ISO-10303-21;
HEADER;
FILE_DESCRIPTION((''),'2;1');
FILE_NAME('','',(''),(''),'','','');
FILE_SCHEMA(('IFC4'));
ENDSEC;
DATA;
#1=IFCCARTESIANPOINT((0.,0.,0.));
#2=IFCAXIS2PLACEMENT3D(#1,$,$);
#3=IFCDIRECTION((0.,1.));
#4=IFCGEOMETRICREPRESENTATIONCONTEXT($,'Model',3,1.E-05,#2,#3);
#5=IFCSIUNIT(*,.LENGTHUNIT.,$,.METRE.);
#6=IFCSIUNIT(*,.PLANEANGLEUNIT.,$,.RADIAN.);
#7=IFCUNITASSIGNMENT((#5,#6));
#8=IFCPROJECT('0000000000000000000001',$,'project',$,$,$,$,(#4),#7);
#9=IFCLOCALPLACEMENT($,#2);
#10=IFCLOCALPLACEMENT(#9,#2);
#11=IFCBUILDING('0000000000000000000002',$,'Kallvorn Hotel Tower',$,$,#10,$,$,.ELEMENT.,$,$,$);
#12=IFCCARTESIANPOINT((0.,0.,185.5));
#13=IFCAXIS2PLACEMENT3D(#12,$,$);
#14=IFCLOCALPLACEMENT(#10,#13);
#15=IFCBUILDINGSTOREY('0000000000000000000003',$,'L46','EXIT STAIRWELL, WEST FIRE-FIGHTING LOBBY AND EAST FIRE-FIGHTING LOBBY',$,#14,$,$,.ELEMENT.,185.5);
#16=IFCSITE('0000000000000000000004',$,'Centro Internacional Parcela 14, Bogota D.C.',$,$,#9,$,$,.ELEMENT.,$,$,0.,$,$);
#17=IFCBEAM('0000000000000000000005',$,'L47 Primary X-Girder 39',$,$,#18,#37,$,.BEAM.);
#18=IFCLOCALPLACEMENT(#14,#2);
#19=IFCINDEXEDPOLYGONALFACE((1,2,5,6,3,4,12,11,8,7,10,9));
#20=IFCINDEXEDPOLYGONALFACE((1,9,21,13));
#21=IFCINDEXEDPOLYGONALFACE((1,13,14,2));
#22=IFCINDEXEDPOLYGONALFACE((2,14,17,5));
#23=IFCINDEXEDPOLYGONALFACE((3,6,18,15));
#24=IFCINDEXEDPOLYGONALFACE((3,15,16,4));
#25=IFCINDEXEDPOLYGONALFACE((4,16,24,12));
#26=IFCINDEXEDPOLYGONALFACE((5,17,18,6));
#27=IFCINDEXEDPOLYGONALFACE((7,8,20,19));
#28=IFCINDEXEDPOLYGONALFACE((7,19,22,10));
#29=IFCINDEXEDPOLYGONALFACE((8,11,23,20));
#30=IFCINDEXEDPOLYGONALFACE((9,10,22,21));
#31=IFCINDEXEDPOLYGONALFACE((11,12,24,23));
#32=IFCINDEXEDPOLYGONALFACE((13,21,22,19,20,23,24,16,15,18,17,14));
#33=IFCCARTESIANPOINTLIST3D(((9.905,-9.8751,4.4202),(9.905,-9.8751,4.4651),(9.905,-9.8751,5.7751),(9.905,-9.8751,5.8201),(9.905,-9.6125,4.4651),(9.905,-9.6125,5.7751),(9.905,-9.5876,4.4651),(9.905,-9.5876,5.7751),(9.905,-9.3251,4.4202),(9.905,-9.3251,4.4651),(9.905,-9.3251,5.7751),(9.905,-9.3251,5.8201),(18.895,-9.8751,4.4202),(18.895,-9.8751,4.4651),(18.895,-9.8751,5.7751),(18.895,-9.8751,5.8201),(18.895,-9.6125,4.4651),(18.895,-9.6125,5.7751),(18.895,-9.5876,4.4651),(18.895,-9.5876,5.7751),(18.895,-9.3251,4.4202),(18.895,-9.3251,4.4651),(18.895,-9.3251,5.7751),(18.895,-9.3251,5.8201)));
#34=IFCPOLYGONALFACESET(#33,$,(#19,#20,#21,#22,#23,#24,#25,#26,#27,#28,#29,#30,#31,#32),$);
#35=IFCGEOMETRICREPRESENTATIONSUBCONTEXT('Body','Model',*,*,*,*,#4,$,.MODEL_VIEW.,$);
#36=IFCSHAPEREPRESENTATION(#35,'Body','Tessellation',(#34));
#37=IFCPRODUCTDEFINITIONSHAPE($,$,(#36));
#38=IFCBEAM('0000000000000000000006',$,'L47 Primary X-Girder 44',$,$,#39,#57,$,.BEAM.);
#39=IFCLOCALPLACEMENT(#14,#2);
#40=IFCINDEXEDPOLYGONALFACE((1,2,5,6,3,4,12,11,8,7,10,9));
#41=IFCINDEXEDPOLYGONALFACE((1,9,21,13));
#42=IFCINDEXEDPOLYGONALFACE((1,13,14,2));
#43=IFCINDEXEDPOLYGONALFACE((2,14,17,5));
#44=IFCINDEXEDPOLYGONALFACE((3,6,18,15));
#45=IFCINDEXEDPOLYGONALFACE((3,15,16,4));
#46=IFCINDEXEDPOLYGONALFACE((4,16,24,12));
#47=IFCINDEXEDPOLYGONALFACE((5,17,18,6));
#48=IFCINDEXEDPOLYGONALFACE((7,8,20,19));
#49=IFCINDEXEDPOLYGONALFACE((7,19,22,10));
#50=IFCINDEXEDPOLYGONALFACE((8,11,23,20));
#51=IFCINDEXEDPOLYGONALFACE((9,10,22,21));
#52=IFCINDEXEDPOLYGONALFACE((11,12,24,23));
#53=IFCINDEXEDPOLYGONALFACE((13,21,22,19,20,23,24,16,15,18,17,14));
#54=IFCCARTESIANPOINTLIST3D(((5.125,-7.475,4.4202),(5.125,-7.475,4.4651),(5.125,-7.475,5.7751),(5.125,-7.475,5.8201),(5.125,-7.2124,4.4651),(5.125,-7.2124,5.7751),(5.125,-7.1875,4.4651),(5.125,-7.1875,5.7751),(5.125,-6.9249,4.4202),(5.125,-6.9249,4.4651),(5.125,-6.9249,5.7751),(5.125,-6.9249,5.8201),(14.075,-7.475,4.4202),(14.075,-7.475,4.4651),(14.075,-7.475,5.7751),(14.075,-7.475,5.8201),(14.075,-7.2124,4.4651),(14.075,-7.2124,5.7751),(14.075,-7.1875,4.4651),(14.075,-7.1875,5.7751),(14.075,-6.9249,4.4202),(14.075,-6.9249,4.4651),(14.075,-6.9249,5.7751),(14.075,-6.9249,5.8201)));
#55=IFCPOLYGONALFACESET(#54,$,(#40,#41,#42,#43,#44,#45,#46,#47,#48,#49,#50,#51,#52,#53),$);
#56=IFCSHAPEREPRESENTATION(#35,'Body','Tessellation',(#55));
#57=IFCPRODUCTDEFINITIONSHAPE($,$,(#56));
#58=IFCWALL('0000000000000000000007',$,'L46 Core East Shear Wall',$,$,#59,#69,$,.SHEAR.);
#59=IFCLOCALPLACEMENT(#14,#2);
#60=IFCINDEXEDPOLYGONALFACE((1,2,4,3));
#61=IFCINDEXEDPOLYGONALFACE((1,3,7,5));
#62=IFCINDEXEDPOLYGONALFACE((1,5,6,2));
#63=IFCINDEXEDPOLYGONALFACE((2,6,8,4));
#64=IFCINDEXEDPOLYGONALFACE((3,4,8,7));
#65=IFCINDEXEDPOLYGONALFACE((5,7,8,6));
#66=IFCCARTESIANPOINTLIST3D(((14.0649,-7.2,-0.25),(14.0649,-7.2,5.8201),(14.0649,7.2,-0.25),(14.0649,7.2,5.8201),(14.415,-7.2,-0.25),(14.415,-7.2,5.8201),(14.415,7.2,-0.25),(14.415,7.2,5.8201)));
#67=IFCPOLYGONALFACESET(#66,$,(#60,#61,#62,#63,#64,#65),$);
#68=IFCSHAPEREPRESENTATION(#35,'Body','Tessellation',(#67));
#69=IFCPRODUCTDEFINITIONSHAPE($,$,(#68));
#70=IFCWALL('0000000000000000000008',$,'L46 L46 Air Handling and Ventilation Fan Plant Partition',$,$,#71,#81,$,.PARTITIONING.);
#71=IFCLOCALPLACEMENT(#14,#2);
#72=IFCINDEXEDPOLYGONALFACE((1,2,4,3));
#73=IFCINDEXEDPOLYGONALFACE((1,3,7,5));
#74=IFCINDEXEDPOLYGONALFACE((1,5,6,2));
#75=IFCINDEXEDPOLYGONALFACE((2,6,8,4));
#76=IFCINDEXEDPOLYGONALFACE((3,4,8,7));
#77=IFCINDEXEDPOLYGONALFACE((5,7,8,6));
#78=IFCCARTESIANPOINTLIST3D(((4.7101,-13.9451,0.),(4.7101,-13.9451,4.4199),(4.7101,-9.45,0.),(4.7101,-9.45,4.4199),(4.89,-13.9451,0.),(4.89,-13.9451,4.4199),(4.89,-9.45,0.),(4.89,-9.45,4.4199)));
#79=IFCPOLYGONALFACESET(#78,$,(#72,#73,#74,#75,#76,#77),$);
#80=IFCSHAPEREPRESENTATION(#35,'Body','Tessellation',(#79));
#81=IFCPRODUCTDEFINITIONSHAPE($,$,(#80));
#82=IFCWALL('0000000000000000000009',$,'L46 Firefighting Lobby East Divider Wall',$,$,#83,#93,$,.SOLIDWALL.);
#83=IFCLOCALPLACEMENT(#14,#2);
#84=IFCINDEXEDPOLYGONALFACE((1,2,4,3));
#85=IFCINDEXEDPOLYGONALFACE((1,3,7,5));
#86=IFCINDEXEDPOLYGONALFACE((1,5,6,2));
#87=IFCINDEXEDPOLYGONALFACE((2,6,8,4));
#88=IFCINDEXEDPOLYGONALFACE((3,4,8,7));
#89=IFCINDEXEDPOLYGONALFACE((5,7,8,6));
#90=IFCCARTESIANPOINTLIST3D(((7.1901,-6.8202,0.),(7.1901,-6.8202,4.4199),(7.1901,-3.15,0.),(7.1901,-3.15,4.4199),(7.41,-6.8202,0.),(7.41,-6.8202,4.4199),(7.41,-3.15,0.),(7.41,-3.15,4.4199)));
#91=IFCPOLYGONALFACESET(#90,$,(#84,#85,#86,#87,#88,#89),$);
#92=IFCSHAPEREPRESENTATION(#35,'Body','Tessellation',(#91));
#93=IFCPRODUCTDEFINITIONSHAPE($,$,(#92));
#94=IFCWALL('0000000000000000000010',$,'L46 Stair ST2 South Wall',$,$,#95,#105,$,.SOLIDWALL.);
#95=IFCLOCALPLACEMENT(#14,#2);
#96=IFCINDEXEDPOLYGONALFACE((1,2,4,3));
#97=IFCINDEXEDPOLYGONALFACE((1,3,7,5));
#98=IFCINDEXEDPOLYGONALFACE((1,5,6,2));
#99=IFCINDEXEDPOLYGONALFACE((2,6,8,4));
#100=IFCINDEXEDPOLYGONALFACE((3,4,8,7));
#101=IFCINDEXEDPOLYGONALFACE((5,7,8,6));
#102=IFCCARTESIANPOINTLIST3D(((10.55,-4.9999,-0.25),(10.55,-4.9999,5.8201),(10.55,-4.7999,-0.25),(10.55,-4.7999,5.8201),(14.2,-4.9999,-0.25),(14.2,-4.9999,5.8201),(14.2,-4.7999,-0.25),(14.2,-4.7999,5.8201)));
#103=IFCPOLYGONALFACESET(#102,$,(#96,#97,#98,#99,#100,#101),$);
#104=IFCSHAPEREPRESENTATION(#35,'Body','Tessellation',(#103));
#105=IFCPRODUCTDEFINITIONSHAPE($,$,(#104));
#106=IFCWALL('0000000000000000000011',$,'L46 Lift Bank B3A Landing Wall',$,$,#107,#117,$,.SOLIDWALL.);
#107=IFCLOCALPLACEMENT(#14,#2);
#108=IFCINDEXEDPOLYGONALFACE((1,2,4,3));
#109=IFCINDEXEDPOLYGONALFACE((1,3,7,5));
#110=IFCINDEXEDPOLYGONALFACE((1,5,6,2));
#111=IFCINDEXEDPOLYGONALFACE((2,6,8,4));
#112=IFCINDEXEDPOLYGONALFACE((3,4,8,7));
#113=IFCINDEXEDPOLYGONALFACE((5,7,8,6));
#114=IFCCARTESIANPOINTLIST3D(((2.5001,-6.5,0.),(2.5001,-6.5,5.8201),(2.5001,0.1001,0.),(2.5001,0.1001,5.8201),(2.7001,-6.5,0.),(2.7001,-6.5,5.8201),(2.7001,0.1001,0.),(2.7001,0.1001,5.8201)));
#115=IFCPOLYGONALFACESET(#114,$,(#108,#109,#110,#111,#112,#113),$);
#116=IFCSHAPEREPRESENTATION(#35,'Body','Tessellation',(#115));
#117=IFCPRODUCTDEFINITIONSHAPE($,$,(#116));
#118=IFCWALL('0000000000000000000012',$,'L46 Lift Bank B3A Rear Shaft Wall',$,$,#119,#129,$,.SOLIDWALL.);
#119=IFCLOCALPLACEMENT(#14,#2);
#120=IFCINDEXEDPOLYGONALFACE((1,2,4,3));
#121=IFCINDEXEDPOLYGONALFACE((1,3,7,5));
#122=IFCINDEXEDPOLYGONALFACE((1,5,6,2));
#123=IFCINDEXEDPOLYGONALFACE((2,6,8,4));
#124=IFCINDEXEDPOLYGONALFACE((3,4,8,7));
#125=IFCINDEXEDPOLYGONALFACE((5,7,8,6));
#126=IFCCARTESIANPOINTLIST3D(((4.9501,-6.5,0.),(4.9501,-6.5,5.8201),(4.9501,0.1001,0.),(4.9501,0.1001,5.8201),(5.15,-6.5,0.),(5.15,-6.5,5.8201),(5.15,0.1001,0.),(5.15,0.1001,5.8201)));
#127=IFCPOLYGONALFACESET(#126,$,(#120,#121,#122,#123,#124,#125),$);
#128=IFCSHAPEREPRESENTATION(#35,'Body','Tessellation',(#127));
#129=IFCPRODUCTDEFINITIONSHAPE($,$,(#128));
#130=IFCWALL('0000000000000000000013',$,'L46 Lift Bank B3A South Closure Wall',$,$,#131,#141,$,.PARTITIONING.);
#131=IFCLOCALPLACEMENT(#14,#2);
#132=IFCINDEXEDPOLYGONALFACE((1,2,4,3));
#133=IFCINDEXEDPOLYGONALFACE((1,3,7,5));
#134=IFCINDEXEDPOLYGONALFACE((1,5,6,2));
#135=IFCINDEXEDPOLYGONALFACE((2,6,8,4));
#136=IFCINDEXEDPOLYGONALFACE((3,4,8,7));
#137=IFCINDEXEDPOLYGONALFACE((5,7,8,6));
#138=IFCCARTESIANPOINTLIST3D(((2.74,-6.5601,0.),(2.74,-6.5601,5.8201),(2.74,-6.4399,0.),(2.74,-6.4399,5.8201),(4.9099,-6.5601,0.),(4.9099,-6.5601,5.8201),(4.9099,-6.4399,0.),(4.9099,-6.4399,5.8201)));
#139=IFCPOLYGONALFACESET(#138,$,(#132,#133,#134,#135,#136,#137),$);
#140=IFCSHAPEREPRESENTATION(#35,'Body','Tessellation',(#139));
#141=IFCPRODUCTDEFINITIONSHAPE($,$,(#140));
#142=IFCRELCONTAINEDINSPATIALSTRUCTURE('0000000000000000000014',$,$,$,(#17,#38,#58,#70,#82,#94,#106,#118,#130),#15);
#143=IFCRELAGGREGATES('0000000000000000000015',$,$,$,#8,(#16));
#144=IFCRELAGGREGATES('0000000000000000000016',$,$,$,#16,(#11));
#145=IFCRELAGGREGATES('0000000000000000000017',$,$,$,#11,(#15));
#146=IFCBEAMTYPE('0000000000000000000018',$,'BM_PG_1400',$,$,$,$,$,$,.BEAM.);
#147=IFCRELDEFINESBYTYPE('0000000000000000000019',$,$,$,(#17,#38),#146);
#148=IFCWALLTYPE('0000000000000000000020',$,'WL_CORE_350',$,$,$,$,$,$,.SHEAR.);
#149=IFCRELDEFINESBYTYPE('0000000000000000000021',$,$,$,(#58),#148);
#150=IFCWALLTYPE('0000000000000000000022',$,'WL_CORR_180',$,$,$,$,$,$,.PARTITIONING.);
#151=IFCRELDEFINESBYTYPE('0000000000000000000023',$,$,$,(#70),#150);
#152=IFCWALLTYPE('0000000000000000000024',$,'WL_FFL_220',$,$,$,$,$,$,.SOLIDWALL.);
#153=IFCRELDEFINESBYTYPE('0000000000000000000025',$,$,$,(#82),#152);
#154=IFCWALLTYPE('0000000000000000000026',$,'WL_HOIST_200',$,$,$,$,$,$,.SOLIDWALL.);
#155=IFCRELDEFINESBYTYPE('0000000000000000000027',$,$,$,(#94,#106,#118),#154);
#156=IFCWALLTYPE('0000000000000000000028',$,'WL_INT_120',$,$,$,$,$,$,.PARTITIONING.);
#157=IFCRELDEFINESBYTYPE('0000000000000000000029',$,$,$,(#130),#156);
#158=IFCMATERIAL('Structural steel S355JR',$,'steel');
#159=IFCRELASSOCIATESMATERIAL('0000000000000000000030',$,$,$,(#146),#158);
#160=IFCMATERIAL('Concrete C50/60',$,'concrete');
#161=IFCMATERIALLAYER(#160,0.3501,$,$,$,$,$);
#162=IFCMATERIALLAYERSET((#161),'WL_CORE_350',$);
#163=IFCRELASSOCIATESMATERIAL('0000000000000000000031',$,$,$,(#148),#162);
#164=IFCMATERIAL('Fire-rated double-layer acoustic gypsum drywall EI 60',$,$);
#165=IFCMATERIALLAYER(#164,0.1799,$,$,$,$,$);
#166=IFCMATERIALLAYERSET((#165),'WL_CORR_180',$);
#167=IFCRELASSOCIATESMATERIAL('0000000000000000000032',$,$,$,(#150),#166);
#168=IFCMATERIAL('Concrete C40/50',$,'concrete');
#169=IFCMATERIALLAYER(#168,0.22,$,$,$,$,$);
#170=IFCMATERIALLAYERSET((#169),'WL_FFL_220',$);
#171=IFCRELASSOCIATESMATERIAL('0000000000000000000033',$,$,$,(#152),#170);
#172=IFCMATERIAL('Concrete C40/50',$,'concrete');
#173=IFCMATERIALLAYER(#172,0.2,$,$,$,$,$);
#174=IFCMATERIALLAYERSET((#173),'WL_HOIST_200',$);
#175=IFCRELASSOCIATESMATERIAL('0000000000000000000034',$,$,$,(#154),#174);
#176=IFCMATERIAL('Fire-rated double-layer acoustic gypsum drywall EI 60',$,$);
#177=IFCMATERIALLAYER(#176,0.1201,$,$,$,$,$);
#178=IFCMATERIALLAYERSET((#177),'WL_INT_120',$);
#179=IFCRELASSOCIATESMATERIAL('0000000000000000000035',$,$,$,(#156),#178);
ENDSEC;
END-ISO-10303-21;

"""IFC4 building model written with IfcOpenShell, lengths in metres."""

from ifc_helpers import new_model, si_unit, direction, frame, frame_2d, origin, origin_2d, place, context, subcontext, project, spatial, rectangle, i_section, extrude, material, layer, layer_set, material_profile, profile_set, type_object, element, save


model = new_model("IFC4")

# Units and contexts
model_context = context("Model", 3, precision=1e-05, world=origin(), true_north=direction((0.0, 1.0)))
body_context = subcontext(model_context, "Body", "Model", "MODEL_VIEW")
ifc_project = project(units=[si_unit("LENGTHUNIT", "METRE"), si_unit("PLANEANGLEUNIT", "RADIAN")], contexts=[model_context])

# Site, building, storey
site_placement = place(None, origin())
site = spatial("IfcSite", under=ifc_project, at=site_placement, Name="Centro Internacional Parcela 14, Bogota D.C.", CompositionType="ELEMENT", RefElevation=0.0)
building_placement = place(site_placement, origin())
building = spatial("IfcBuilding", under=site, at=building_placement, Name="Kallvorn Hotel Tower", CompositionType="ELEMENT")
storey_placement = place(building_placement, frame((0.0, 0.0, 185.5)))
storey = spatial("IfcBuildingStorey", under=building, at=storey_placement, Name="L46", Description="EXIT STAIRWELL, WEST FIRE-FIGHTING LOBBY AND EAST FIRE-FIGHTING LOBBY", CompositionType="ELEMENT", Elevation=185.5)

# Beams
ifc_material_1 = material(Name="Structural steel S355JR", Category="steel")
ifc_material_profile_1 = material_profile(ifc_material_1, i_section(OverallWidth=0.55, OverallDepth=1.3999, WebThickness=0.0249, FlangeThickness=0.0449, at=origin_2d()), Name="PG 1400x550x25x45")
ifc_profile_set_1 = profile_set([ifc_material_profile_1], Name="Structural steel S355JR")
beam_type_1 = type_object("IfcBeamType", Name="BM_PG_1400", PredefinedType="BEAM", material=ifc_profile_set_1)
beam_1_placement = place(storey_placement, frame((9.905, -9.6001, 5.1201), z_axis=(1.0, 0.0, 0.0), x_axis=(0.0, 1.0, 0.0)))
element("IfcBeam", 1, at=beam_1_placement, inside=storey, type_object=beam_type_1, Name="L47 Primary X-Girder 39", PredefinedType="BEAM", context=body_context, shape_type="SweptSolid", body=[
    extrude(i_section(OverallWidth=0.55, OverallDepth=1.3999, WebThickness=0.0249, FlangeThickness=0.0449, at=origin_2d()), origin(), (0.0, 0.0, 1.0), 8.99),
])
beam_2_placement = place(storey_placement, frame((5.125, -7.2, 5.1201), z_axis=(1.0, 0.0, 0.0), x_axis=(0.0, 1.0, 0.0)))
element("IfcBeam", 2, at=beam_2_placement, inside=storey, type_object=beam_type_1, Name="L47 Primary X-Girder 44", PredefinedType="BEAM", context=body_context, shape_type="SweptSolid", body=[
    extrude(i_section(OverallWidth=0.55, OverallDepth=1.3999, WebThickness=0.0249, FlangeThickness=0.0449, at=origin_2d()), origin(), (0.0, 0.0, 1.0), 8.95),
])

# Walls
ifc_material_2 = material(Name="Concrete C50/60", Category="concrete")
ifc_layer_1 = layer(ifc_material_2, 0.3501)
ifc_layer_set_1 = layer_set([ifc_layer_1], Name="WL_CORE_350")
wall_type_1 = type_object("IfcWallType", Name="WL_CORE_350", PredefinedType="SHEAR", material=ifc_layer_set_1)
wall_1_placement = place(storey_placement, frame((14.24, -7.2, -0.25), z_axis=(0.0, 0.0, 1.0), x_axis=(0.0, 1.0, 0.0)))
element("IfcWall", 3, at=wall_1_placement, inside=storey, type_object=wall_type_1, Name="L46 Core East Shear Wall", PredefinedType="SHEAR", context=body_context, shape_type="SweptSolid", body=[
    extrude(rectangle(XDim=14.3999, YDim=0.3501, at=frame_2d((7.2, 0.0))), origin(), (0.0, 0.0, 1.0), 6.0701),
])
ifc_material_3 = material(Name="Fire-rated double-layer acoustic gypsum drywall EI 60")
ifc_layer_2 = layer(ifc_material_3, 0.1799)
ifc_layer_set_2 = layer_set([ifc_layer_2], Name="WL_CORR_180")
wall_type_2 = type_object("IfcWallType", Name="WL_CORR_180", PredefinedType="PARTITIONING", material=ifc_layer_set_2)
wall_2_placement = place(storey_placement, frame((4.8, -13.9451, 0.0), z_axis=(0.0, 0.0, 1.0), x_axis=(0.0, 1.0, 0.0)))
element("IfcWall", 4, at=wall_2_placement, inside=storey, type_object=wall_type_2, Name="L46 L46 Air Handling and Ventilation Fan Plant Partition", PredefinedType="PARTITIONING", context=body_context, shape_type="SweptSolid", body=[
    extrude(rectangle(XDim=4.4951, YDim=0.1799, at=frame_2d((2.2476, 0.0))), origin(), (0.0, 0.0, 1.0), 4.4199),
])
ifc_material_4 = material(Name="Concrete C40/50", Category="concrete")
ifc_layer_3 = layer(ifc_material_4, 0.22)
ifc_layer_set_3 = layer_set([ifc_layer_3], Name="WL_FFL_220")
wall_type_3 = type_object("IfcWallType", Name="WL_FFL_220", PredefinedType="SOLIDWALL", material=ifc_layer_set_3)
wall_3_placement = place(storey_placement, frame((7.3, -6.8201, 0.0), z_axis=(0.0, 0.0, 1.0), x_axis=(0.0, 1.0, 0.0)))
element("IfcWall", 5, at=wall_3_placement, inside=storey, type_object=wall_type_3, Name="L46 Firefighting Lobby East Divider Wall", PredefinedType="SOLIDWALL", context=body_context, shape_type="SweptSolid", body=[
    extrude(rectangle(XDim=3.6702, YDim=0.22, at=frame_2d((1.835, 0.0))), origin(), (0.0, 0.0, 1.0), 4.4199),
])
ifc_material_5 = material(Name="Concrete C40/50", Category="concrete")
ifc_layer_4 = layer(ifc_material_5, 0.2)
ifc_layer_set_4 = layer_set([ifc_layer_4], Name="WL_HOIST_200")
wall_type_4 = type_object("IfcWallType", Name="WL_HOIST_200", PredefinedType="SOLIDWALL", material=ifc_layer_set_4)
wall_4_placement = place(storey_placement, frame((10.55, -4.8999, -0.25), z_axis=(0.0, 0.0, 1.0), x_axis=(1.0, 0.0, 0.0)))
element("IfcWall", 6, at=wall_4_placement, inside=storey, type_object=wall_type_4, Name="L46 Stair ST2 South Wall", PredefinedType="SOLIDWALL", context=body_context, shape_type="SweptSolid", body=[
    extrude(rectangle(XDim=3.6499, YDim=0.2, at=frame_2d((1.825, 0.0))), origin(), (0.0, 0.0, 1.0), 6.0701),
])
for number, where, z_axis, x_axis, name in (
    (7, (2.6001, -6.5, 0.0), (0.0, 0.0, 1.0), (0.0, 1.0, 0.0), "L46 Lift Bank B3A Landing Wall"),
    (8, (5.05, -6.5, 0.0), (0.0, 0.0, 1.0), (0.0, 1.0, 0.0), "L46 Lift Bank B3A Rear Shaft Wall"),
):
    element("IfcWall", number, at=place(storey_placement, frame(where, z_axis=z_axis, x_axis=x_axis)), inside=storey, type_object=wall_type_4, Name=name, PredefinedType="SOLIDWALL", context=body_context, shape_type="SweptSolid", body=[
        extrude(rectangle(XDim=6.6001, YDim=0.2, at=frame_2d((3.3, 0.0))), origin(), (0.0, 0.0, 1.0), 5.8201),
    ])
ifc_material_6 = material(Name="Fire-rated double-layer acoustic gypsum drywall EI 60")
ifc_layer_5 = layer(ifc_material_6, 0.1201)
ifc_layer_set_5 = layer_set([ifc_layer_5], Name="WL_INT_120")
wall_type_5 = type_object("IfcWallType", Name="WL_INT_120", PredefinedType="PARTITIONING", material=ifc_layer_set_5)
wall_5_placement = place(storey_placement, frame((2.74, -6.5, 0.0), z_axis=(0.0, 0.0, 1.0), x_axis=(1.0, 0.0, 0.0)))
element("IfcWall", 9, at=wall_5_placement, inside=storey, type_object=wall_type_5, Name="L46 Lift Bank B3A South Closure Wall", PredefinedType="PARTITIONING", context=body_context, shape_type="SweptSolid", body=[
    extrude(rectangle(XDim=2.1699, YDim=0.1201, at=frame_2d((1.085, 0.0))), origin(), (0.0, 0.0, 1.0), 5.8201),
])

save(model, "model.ifc")
